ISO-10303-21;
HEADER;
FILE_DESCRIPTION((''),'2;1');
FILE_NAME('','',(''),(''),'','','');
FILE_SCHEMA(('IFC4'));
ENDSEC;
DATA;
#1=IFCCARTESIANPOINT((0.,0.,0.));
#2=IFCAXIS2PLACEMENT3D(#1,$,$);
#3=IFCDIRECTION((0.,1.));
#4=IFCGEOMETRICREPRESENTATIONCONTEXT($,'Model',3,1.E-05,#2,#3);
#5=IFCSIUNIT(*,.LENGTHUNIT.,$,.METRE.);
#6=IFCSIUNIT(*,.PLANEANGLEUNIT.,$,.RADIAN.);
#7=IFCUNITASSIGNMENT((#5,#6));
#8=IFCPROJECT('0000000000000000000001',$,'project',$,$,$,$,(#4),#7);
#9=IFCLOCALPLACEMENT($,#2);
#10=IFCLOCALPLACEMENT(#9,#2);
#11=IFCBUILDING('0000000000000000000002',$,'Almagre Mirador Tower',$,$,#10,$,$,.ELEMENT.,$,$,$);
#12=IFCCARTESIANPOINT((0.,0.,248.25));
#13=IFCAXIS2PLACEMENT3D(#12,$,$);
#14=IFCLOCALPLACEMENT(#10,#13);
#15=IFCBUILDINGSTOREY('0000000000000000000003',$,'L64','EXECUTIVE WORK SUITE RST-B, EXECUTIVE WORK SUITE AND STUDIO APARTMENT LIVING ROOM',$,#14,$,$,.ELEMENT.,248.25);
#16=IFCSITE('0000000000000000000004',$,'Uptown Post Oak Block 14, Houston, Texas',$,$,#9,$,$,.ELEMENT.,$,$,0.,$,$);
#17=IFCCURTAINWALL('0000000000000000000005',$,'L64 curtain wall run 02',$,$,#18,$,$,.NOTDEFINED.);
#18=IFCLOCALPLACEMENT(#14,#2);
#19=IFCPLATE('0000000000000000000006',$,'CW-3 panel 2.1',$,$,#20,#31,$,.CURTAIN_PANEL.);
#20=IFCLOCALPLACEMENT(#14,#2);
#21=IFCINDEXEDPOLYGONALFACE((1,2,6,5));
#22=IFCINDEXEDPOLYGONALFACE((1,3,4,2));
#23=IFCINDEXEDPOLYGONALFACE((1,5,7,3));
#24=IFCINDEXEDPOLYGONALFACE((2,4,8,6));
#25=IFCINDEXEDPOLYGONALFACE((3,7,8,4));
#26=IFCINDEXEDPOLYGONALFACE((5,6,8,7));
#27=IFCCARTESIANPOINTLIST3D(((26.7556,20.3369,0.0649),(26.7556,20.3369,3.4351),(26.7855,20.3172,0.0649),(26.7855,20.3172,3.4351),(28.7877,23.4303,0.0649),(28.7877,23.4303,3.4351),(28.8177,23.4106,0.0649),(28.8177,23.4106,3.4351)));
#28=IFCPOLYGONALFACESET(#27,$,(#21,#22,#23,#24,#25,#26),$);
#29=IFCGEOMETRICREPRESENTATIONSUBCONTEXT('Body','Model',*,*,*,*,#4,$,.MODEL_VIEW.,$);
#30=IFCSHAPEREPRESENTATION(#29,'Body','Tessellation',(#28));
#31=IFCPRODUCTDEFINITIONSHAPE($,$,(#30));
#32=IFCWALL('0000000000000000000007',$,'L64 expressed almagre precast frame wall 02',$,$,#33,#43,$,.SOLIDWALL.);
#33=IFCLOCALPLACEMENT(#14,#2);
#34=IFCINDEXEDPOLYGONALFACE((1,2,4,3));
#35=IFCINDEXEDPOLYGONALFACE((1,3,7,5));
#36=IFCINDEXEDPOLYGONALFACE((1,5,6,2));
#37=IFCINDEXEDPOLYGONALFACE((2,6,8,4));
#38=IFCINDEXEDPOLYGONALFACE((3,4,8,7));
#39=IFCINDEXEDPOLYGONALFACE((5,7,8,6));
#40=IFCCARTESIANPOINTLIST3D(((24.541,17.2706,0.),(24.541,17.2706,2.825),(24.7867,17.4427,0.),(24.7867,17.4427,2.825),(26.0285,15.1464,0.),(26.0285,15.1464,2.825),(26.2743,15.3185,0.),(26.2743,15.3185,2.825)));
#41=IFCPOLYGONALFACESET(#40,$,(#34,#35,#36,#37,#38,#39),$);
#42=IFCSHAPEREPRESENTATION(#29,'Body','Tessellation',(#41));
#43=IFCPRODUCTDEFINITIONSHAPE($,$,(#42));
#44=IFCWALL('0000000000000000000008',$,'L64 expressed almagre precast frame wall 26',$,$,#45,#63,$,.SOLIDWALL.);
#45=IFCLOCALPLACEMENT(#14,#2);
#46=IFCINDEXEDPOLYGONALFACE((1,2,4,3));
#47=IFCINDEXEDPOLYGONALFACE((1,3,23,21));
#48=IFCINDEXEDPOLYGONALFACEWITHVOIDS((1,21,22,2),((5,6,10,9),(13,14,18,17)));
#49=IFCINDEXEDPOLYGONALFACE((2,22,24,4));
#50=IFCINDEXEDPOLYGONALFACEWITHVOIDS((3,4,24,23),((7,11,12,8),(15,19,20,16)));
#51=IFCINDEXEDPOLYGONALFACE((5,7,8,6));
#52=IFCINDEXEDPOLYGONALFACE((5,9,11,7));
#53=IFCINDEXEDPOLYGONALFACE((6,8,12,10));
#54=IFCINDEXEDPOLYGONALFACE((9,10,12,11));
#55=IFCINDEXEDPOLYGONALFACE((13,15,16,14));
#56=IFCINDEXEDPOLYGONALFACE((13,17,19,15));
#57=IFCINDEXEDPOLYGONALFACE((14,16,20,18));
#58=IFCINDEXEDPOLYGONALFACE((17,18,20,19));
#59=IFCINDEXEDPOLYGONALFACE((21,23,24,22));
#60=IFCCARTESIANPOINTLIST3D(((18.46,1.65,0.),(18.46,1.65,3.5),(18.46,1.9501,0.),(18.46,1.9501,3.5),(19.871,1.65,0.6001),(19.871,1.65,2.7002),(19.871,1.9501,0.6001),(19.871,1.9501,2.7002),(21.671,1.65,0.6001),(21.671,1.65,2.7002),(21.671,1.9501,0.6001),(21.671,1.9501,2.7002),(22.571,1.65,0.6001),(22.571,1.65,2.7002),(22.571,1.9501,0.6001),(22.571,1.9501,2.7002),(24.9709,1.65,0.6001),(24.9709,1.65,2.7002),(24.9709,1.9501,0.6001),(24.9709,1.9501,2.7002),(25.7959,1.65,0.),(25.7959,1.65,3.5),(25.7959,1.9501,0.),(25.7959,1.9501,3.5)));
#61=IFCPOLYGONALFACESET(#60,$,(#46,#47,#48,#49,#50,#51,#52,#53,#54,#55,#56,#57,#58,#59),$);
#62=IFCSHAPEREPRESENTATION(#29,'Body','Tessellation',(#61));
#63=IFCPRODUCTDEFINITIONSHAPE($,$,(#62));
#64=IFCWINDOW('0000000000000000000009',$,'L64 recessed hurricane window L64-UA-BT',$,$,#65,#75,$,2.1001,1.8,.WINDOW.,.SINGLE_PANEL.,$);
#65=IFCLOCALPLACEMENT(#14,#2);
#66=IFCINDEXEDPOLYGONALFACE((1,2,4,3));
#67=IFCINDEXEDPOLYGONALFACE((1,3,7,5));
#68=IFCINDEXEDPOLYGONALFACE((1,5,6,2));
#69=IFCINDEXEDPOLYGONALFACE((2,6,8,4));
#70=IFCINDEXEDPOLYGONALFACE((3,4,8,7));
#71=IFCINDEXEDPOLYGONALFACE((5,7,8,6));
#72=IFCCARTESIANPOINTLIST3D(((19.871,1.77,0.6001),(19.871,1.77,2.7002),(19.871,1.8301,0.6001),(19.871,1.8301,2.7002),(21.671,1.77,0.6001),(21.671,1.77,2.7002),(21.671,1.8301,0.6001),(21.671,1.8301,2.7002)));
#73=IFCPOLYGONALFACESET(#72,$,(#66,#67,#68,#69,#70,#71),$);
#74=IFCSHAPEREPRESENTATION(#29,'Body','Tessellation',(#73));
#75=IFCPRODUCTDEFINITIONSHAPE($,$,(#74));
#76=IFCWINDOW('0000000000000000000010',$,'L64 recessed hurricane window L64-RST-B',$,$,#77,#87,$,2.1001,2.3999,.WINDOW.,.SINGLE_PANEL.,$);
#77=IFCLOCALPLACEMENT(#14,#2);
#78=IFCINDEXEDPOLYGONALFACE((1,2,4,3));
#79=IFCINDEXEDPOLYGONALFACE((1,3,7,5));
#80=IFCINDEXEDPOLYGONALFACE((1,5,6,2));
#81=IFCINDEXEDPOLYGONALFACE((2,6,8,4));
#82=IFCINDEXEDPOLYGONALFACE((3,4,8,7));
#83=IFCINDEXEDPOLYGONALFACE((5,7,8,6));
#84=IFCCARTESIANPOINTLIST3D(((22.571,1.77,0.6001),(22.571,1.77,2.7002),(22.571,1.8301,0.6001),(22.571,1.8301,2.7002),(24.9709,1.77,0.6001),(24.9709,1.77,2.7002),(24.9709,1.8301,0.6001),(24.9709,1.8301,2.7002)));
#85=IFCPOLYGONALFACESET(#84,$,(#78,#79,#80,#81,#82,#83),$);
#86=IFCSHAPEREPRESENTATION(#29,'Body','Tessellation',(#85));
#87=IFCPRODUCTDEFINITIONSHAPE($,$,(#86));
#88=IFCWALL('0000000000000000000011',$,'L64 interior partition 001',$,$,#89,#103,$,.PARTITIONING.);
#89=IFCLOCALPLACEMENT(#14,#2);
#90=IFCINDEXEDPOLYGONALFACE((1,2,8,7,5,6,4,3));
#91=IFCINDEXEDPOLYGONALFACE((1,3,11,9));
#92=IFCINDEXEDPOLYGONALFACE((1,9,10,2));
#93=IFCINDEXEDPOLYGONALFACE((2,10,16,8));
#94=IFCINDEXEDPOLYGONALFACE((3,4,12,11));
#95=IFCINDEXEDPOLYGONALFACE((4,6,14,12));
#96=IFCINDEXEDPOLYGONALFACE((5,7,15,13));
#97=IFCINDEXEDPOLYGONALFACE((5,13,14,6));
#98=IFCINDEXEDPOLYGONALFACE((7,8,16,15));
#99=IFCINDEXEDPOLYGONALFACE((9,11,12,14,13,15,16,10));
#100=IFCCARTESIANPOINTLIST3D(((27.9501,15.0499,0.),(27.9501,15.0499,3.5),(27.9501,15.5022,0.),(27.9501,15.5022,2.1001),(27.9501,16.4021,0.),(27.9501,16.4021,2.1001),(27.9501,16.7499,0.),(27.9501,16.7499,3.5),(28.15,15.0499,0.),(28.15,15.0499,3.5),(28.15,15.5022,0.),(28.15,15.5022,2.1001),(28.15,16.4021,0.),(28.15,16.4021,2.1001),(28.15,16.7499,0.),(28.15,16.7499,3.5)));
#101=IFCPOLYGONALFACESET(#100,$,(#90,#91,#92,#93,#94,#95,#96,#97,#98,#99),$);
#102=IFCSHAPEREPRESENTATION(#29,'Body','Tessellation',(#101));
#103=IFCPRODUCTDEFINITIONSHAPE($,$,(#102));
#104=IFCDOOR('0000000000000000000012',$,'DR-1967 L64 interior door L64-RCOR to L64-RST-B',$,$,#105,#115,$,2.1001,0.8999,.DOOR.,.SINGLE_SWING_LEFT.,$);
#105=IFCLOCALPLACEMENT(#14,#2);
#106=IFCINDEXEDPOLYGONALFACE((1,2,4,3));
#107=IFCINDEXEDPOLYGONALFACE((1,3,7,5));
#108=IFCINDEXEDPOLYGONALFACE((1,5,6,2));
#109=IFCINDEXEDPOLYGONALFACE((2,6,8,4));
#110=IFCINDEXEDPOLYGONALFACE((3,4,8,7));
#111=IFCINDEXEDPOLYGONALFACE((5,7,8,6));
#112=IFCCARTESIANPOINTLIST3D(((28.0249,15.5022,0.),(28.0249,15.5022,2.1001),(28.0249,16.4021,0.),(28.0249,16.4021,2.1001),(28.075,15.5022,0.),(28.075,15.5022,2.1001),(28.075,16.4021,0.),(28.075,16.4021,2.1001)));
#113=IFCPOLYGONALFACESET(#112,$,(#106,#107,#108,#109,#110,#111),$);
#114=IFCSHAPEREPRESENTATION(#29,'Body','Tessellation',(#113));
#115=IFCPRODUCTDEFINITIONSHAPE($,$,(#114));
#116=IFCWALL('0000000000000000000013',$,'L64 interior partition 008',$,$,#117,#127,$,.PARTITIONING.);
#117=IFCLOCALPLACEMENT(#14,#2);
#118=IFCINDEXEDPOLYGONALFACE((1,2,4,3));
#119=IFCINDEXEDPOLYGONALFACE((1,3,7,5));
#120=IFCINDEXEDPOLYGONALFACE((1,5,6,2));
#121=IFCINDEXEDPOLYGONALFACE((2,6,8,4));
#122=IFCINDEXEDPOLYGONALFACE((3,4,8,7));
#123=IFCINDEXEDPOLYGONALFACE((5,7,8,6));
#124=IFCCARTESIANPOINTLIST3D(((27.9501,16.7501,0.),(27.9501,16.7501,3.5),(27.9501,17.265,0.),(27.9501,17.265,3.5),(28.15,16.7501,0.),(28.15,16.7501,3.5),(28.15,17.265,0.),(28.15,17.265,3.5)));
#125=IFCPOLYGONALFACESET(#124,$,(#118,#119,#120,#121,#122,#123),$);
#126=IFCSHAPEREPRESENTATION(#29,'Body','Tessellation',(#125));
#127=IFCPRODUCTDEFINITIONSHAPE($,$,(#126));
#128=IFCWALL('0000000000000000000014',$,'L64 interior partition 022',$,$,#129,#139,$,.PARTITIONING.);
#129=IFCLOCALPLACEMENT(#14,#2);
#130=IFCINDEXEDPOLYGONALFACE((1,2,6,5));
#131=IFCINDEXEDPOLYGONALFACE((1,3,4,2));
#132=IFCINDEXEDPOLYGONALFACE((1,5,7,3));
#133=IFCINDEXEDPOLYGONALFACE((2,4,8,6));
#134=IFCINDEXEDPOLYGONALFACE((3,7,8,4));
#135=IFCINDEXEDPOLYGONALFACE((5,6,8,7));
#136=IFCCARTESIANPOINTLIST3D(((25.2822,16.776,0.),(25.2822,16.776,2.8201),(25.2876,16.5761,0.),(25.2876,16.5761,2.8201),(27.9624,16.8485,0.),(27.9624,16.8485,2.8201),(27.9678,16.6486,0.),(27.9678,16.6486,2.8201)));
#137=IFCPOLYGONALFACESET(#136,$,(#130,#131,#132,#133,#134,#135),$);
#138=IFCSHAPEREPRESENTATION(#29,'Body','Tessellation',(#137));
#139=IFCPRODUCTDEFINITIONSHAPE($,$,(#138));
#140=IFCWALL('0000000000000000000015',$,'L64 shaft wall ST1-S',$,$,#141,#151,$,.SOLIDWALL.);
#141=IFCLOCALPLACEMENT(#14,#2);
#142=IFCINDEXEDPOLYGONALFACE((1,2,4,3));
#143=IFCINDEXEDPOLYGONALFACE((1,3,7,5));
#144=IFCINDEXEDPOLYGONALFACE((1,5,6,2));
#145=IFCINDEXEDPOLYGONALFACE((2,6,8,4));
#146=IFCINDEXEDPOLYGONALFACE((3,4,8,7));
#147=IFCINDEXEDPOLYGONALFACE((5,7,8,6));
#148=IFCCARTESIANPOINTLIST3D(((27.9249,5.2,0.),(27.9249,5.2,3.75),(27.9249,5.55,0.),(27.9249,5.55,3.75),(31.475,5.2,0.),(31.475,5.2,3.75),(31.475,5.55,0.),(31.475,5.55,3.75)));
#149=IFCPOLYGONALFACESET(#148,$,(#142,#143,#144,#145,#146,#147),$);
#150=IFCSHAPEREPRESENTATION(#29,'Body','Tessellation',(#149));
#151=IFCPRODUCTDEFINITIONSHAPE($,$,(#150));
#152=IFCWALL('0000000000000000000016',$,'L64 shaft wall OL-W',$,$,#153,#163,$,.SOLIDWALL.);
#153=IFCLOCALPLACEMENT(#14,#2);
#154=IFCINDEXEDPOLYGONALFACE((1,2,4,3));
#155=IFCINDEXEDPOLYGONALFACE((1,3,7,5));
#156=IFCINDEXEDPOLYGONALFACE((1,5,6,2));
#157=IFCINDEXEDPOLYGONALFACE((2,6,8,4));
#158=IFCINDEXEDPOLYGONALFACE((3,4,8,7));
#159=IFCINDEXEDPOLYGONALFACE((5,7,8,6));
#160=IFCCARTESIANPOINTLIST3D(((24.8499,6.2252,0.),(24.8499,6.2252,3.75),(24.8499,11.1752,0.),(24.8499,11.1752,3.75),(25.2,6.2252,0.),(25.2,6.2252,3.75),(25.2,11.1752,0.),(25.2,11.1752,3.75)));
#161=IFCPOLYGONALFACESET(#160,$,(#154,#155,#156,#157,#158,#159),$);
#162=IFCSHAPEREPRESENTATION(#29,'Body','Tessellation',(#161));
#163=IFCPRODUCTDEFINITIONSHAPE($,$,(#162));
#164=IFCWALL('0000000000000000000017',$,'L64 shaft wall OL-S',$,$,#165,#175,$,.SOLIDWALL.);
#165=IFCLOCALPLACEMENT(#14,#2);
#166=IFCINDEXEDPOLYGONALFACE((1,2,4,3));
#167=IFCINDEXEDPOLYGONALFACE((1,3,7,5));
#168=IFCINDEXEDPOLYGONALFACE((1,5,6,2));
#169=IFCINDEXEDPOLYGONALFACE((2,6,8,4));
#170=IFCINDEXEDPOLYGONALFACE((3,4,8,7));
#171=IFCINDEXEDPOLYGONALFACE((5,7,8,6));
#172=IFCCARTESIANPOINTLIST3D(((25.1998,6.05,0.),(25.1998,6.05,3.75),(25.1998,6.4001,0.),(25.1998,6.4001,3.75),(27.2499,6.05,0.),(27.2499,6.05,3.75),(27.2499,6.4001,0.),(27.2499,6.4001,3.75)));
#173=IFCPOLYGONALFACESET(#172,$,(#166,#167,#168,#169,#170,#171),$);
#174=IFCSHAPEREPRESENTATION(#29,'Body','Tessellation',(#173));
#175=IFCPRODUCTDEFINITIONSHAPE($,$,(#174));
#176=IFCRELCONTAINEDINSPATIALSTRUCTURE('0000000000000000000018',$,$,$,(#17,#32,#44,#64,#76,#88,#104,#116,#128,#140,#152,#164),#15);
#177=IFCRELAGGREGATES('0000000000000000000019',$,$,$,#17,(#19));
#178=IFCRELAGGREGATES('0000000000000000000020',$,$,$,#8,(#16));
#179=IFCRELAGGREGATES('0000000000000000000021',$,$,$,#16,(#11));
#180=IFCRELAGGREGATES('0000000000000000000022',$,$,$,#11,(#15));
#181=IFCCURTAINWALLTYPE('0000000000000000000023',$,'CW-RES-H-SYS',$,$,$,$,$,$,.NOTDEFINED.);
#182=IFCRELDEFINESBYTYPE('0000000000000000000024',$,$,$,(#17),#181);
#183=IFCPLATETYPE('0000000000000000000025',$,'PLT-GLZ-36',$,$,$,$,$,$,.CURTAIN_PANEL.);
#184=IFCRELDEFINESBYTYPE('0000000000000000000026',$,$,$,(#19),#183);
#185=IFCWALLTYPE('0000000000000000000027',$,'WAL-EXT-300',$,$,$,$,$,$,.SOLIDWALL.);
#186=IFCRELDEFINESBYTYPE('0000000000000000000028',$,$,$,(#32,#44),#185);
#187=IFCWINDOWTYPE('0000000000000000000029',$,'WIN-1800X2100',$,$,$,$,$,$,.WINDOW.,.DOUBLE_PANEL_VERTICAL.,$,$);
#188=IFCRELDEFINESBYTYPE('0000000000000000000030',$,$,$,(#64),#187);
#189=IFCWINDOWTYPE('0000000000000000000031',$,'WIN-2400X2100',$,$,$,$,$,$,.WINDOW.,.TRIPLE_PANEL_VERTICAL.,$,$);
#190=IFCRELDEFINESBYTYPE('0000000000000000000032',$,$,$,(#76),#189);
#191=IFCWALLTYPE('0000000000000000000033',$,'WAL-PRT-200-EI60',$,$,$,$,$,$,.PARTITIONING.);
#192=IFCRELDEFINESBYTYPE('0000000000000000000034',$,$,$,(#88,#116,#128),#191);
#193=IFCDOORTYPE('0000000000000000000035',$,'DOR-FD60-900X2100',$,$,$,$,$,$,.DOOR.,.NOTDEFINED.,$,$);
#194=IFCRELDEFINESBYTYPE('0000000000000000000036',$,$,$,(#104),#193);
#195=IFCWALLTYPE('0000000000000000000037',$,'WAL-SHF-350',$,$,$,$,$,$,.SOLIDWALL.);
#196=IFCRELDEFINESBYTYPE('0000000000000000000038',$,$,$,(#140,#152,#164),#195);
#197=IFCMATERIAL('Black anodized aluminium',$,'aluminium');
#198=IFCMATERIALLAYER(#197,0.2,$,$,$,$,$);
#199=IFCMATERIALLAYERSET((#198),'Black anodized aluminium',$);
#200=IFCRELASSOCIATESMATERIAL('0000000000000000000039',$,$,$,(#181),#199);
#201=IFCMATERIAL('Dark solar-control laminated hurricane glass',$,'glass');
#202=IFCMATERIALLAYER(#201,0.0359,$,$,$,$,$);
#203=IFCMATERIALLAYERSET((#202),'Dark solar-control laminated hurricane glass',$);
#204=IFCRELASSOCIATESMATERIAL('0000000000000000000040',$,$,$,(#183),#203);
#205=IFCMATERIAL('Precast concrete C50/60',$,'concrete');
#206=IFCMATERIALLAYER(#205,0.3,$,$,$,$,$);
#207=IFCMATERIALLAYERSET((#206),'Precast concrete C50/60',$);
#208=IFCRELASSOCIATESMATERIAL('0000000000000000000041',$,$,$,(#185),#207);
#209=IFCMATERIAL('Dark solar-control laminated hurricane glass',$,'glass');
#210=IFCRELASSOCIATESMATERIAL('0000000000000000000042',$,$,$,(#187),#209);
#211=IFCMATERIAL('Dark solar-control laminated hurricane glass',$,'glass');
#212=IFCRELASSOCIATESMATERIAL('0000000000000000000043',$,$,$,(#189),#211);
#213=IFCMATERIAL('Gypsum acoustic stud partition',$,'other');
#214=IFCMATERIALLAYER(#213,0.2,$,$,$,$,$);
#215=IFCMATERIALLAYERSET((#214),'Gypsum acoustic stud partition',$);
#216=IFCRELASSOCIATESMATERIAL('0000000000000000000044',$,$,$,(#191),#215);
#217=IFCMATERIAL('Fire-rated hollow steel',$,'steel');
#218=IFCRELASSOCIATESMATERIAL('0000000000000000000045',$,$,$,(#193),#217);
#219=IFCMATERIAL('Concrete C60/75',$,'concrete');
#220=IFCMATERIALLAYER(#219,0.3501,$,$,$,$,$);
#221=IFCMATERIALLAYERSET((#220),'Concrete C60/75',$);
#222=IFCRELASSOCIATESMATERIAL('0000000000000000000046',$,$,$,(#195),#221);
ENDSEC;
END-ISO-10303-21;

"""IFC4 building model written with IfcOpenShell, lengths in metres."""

from ifc_helpers import new_model, si_unit, direction, frame, frame_2d, origin, origin_2d, place, context, subcontext, project, spatial, rectangle, extrude, material, layer, layer_set, type_object, element, fill, aggregate, save


model = new_model("IFC4")

# Units and contexts
model_context = context("Model", 3, precision=1e-05, world=origin(), true_north=direction((0.0, 1.0)))
body_context = subcontext(model_context, "Body", "Model", "MODEL_VIEW")
ifc_project = project(units=[si_unit("LENGTHUNIT", "METRE"), si_unit("PLANEANGLEUNIT", "RADIAN")], contexts=[model_context])

# Site, building, storey
site_placement = place(None, origin())
site = spatial("IfcSite", under=ifc_project, at=site_placement, Name="Uptown Post Oak Block 14, Houston, Texas", CompositionType="ELEMENT", RefElevation=0.0)
building_placement = place(site_placement, origin())
building = spatial("IfcBuilding", under=site, at=building_placement, Name="Almagre Mirador Tower", CompositionType="ELEMENT")
storey_placement = place(building_placement, frame((0.0, 0.0, 248.25)))
storey = spatial("IfcBuildingStorey", under=building, at=storey_placement, Name="L64", Description="EXECUTIVE WORK SUITE RST-B, EXECUTIVE WORK SUITE AND STUDIO APARTMENT LIVING ROOM", CompositionType="ELEMENT", Elevation=248.25)

# Curtain wall
ifc_material_1 = material(Name="Black anodized aluminium", Category="aluminium")
ifc_layer_1 = layer(ifc_material_1, 0.2)
ifc_layer_set_1 = layer_set([ifc_layer_1], Name="Black anodized aluminium")
curtain_wall_type_1 = type_object("IfcCurtainWallType", Name="CW-RES-H-SYS", PredefinedType="NOTDEFINED", material=ifc_layer_set_1)
curtain_wall_1_placement = place(storey_placement, origin())
curtain_wall_1 = element("IfcCurtainWall", 1, at=curtain_wall_1_placement, inside=storey, type_object=curtain_wall_type_1, Name="L64 curtain wall run 02", PredefinedType="NOTDEFINED")

# Plate
ifc_material_2 = material(Name="Dark solar-control laminated hurricane glass", Category="glass")
ifc_layer_2 = layer(ifc_material_2, 0.0359)
ifc_layer_set_2 = layer_set([ifc_layer_2], Name="Dark solar-control laminated hurricane glass")
plate_type_1 = type_object("IfcPlateType", Name="PLT-GLZ-36", PredefinedType="CURTAIN_PANEL", material=ifc_layer_set_2)
plate_1_placement = place(storey_placement, frame((27.7866, 21.8738, 0.0649), z_axis=(0.0, 0.0, 1.0), x_axis=(0.549053, 0.835788, 0.0)))
plate_1 = element("IfcPlate", 2, at=plate_1_placement, type_object=plate_type_1, Name="CW-3 panel 2.1", PredefinedType="CURTAIN_PANEL", context=body_context, shape_type="SweptSolid", body=[
    extrude(rectangle(XDim=3.7012, YDim=0.0359, at=origin_2d()), origin(), (0.0, 0.0, 1.0), 3.3701),
])
aggregate(curtain_wall_1, [plate_1])

# Wall
ifc_material_3 = material(Name="Precast concrete C50/60", Category="concrete")
ifc_layer_3 = layer(ifc_material_3, 0.3)
ifc_layer_set_3 = layer_set([ifc_layer_3], Name="Precast concrete C50/60")
wall_type_1 = type_object("IfcWallType", Name="WAL-EXT-300", PredefinedType="SOLIDWALL", material=ifc_layer_set_3)
wall_1_placement = place(storey_placement, frame((26.1514, 15.2324, 0.0), z_axis=(0.0, 0.0, 1.0), x_axis=(-0.573608, 0.81913, 0.0)))
element("IfcWall", 3, at=wall_1_placement, inside=storey, type_object=wall_type_1, Name="L64 expressed almagre precast frame wall 02", PredefinedType="SOLIDWALL", context=body_context, shape_type="SweptSolid", body=[
    extrude(rectangle(XDim=2.5933, YDim=0.3, at=frame_2d((1.2966, 0.0))), origin(), (0.0, 0.0, 1.0), 2.825),
])

# Wall, openings, windows
wall_2_placement = place(storey_placement, frame((25.7959, 1.8, 0.0), z_axis=(0.0, 0.0, 1.0), x_axis=(-1.0, 0.0, 0.0)))
wall_2 = element("IfcWall", 4, at=wall_2_placement, inside=storey, type_object=wall_type_1, Name="L64 expressed almagre precast frame wall 26", PredefinedType="SOLIDWALL", context=body_context, shape_type="SweptSolid", body=[
    extrude(rectangle(XDim=7.3359, YDim=0.3, at=frame_2d((3.668, 0.0))), origin(), (0.0, 0.0, 1.0), 3.5),
])
opening_1_placement = place(wall_2_placement, frame((4.125, 0.0, 0.6001)))
opening_1 = element("IfcOpeningElement", 5, at=opening_1_placement, cuts=wall_2, PredefinedType="OPENING", context=body_context, shape_type="SweptSolid", body=[
    extrude(rectangle(XDim=1.8, YDim=2.1001, at=frame_2d((0.8999, 1.05))), frame((0.0, 0.1599, 0.0), z_axis=(0.0, -1.0, 0.0), x_axis=(1.0, 0.0, 0.0)), (0.0, 0.0, 1.0), 0.32),
])
opening_2_placement = place(wall_2_placement, frame((0.825, 0.0, 0.6001)))
opening_2 = element("IfcOpeningElement", 6, at=opening_2_placement, cuts=wall_2, PredefinedType="OPENING", context=body_context, shape_type="SweptSolid", body=[
    extrude(rectangle(XDim=2.3999, YDim=2.1001, at=frame_2d((1.2, 1.05))), frame((0.0, 0.1599, 0.0), z_axis=(0.0, -1.0, 0.0), x_axis=(1.0, 0.0, 0.0)), (0.0, 0.0, 1.0), 0.32),
])
ifc_material_4 = material(Name="Dark solar-control laminated hurricane glass", Category="glass")
window_type_1 = type_object("IfcWindowType", Name="WIN-1800X2100", PartitioningType="DOUBLE_PANEL_VERTICAL", PredefinedType="WINDOW", material=ifc_material_4)
window_1_placement = place(opening_1_placement, origin())
window_1 = element("IfcWindow", 7, at=window_1_placement, inside=storey, type_object=window_type_1, Name="L64 recessed hurricane window L64-UA-BT", OverallHeight=2.1001, OverallWidth=1.8, PartitioningType="SINGLE_PANEL", PredefinedType="WINDOW", context=body_context, shape_type="SweptSolid", body=[
    extrude(rectangle(XDim=1.8, YDim=2.1001, at=frame_2d((0.8999, 1.05))), frame((0.0, 0.03, 0.0), z_axis=(0.0, -1.0, 0.0), x_axis=(1.0, 0.0, 0.0)), (0.0, 0.0, 1.0), 0.0601),
])
fill(opening_1, window_1)
ifc_material_5 = material(Name="Dark solar-control laminated hurricane glass", Category="glass")
window_type_2 = type_object("IfcWindowType", Name="WIN-2400X2100", PartitioningType="TRIPLE_PANEL_VERTICAL", PredefinedType="WINDOW", material=ifc_material_5)
window_2_placement = place(opening_2_placement, origin())
window_2 = element("IfcWindow", 8, at=window_2_placement, inside=storey, type_object=window_type_2, Name="L64 recessed hurricane window L64-RST-B", OverallHeight=2.1001, OverallWidth=2.3999, PartitioningType="SINGLE_PANEL", PredefinedType="WINDOW", context=body_context, shape_type="SweptSolid", body=[
    extrude(rectangle(XDim=2.3999, YDim=2.1001, at=frame_2d((1.2, 1.05))), frame((0.0, 0.03, 0.0), z_axis=(0.0, -1.0, 0.0), x_axis=(1.0, 0.0, 0.0)), (0.0, 0.0, 1.0), 0.0601),
])
fill(opening_2, window_2)

# Wall, opening, door
ifc_material_6 = material(Name="Gypsum acoustic stud partition", Category="other")
ifc_layer_4 = layer(ifc_material_6, 0.2)
ifc_layer_set_4 = layer_set([ifc_layer_4], Name="Gypsum acoustic stud partition")
wall_type_2 = type_object("IfcWallType", Name="WAL-PRT-200-EI60", PredefinedType="PARTITIONING", material=ifc_layer_set_4)
wall_3_placement = place(storey_placement, frame((28.05, 16.75, 0.0), z_axis=(0.0, 0.0, 1.0), x_axis=(0.0, -1.0, 0.0)))
wall_3 = element("IfcWall", 9, at=wall_3_placement, inside=storey, type_object=wall_type_2, Name="L64 interior partition 001", PredefinedType="PARTITIONING", context=body_context, shape_type="SweptSolid", body=[
    extrude(rectangle(XDim=1.7, YDim=0.2, at=frame_2d((0.8501, 0.0))), origin(), (0.0, 0.0, 1.0), 3.5),
])
opening_3_placement = place(wall_3_placement, frame((0.3479, 0.0, 0.0)))
opening_3 = element("IfcOpeningElement", 10, at=opening_3_placement, cuts=wall_3, PredefinedType="OPENING", context=body_context, shape_type="SweptSolid", body=[
    extrude(rectangle(XDim=0.8999, YDim=2.1001, at=frame_2d((0.45, 1.05))), frame((0.0, 0.1101, 0.0), z_axis=(0.0, -1.0, 0.0), x_axis=(1.0, 0.0, 0.0)), (0.0, 0.0, 1.0), 0.22),
])
ifc_material_7 = material(Name="Fire-rated hollow steel", Category="steel")
door_type_1 = type_object("IfcDoorType", Name="DOR-FD60-900X2100", OperationType="NOTDEFINED", PredefinedType="DOOR", material=ifc_material_7)
door_1_placement = place(opening_3_placement, origin())
door_1 = element("IfcDoor", 11, at=door_1_placement, inside=storey, type_object=door_type_1, Name="DR-1967 L64 interior door L64-RCOR to L64-RST-B", OperationType="SINGLE_SWING_LEFT", OverallHeight=2.1001, OverallWidth=0.8999, PredefinedType="DOOR", context=body_context, shape_type="SweptSolid", body=[
    extrude(rectangle(XDim=0.8999, YDim=2.1001, at=frame_2d((0.45, 1.05))), frame((0.0, 0.0249, 0.0), z_axis=(0.0, -1.0, 0.0), x_axis=(1.0, 0.0, 0.0)), (0.0, 0.0, 1.0), 0.05),
])
fill(opening_3, door_1)

# Walls
wall_4_placement = place(storey_placement, frame((28.05, 17.2649, 0.0), z_axis=(0.0, 0.0, 1.0), x_axis=(0.0, -1.0, 0.0)))
element("IfcWall", 12, at=wall_4_placement, inside=storey, type_object=wall_type_2, Name="L64 interior partition 008", PredefinedType="PARTITIONING", context=body_context, shape_type="SweptSolid", body=[
    extrude(rectangle(XDim=0.5149, YDim=0.2, at=frame_2d((0.2573, 0.0))), origin(), (0.0, 0.0, 1.0), 3.5),
])
wall_5_placement = place(storey_placement, frame((27.9651, 16.7485, 0.0), z_axis=(0.0, 0.0, 1.0), x_axis=(-0.999634, -0.027044, 0.0)))
element("IfcWall", 13, at=wall_5_placement, inside=storey, type_object=wall_type_2, Name="L64 interior partition 022", PredefinedType="PARTITIONING", context=body_context, shape_type="SweptSolid", body=[
    extrude(rectangle(XDim=2.6812, YDim=0.2, at=frame_2d((1.3406, 0.0))), origin(), (0.0, 0.0, 1.0), 2.8201),
])
ifc_material_8 = material(Name="Concrete C60/75", Category="concrete")
ifc_layer_5 = layer(ifc_material_8, 0.3501)
ifc_layer_set_5 = layer_set([ifc_layer_5], Name="Concrete C60/75")
wall_type_3 = type_object("IfcWallType", Name="WAL-SHF-350", PredefinedType="SOLIDWALL", material=ifc_layer_set_5)
wall_6_placement = place(storey_placement, frame((27.925, 5.375, 0.0), z_axis=(0.0, 0.0, 1.0), x_axis=(1.0, 0.0, 0.0)))
element("IfcWall", 14, at=wall_6_placement, inside=storey, type_object=wall_type_3, Name="L64 shaft wall ST1-S", PredefinedType="SOLIDWALL", context=body_context, shape_type="SweptSolid", body=[
    extrude(rectangle(XDim=3.55, YDim=0.3501, at=frame_2d((1.7749, 0.0))), origin(), (0.0, 0.0, 1.0), 3.75),
])
wall_7_placement = place(storey_placement, frame((25.0249, 6.2251, 0.0), z_axis=(0.0, 0.0, 1.0), x_axis=(0.0, 1.0, 0.0)))
element("IfcWall", 15, at=wall_7_placement, inside=storey, type_object=wall_type_3, Name="L64 shaft wall OL-W", PredefinedType="SOLIDWALL", context=body_context, shape_type="SweptSolid", body=[
    extrude(rectangle(XDim=4.95, YDim=0.3501, at=frame_2d((2.4751, 0.0))), origin(), (0.0, 0.0, 1.0), 3.75),
])
for number, where, z_axis, x_axis, name in (
    (16, (25.2, 6.2251, 0.0), (0.0, 0.0, 1.0), (1.0, 0.0, 0.0), "L64 shaft wall OL-S"),
):
    element("IfcWall", number, at=place(storey_placement, frame(where, z_axis=z_axis, x_axis=x_axis)), inside=storey, type_object=wall_type_3, Name=name, PredefinedType="SOLIDWALL", context=body_context, shape_type="SweptSolid", body=[
        extrude(rectangle(XDim=2.05, YDim=0.3501, at=frame_2d((1.0249, 0.0))), origin(), (0.0, 0.0, 1.0), 3.75),
    ])

save(model, "model.ifc")
